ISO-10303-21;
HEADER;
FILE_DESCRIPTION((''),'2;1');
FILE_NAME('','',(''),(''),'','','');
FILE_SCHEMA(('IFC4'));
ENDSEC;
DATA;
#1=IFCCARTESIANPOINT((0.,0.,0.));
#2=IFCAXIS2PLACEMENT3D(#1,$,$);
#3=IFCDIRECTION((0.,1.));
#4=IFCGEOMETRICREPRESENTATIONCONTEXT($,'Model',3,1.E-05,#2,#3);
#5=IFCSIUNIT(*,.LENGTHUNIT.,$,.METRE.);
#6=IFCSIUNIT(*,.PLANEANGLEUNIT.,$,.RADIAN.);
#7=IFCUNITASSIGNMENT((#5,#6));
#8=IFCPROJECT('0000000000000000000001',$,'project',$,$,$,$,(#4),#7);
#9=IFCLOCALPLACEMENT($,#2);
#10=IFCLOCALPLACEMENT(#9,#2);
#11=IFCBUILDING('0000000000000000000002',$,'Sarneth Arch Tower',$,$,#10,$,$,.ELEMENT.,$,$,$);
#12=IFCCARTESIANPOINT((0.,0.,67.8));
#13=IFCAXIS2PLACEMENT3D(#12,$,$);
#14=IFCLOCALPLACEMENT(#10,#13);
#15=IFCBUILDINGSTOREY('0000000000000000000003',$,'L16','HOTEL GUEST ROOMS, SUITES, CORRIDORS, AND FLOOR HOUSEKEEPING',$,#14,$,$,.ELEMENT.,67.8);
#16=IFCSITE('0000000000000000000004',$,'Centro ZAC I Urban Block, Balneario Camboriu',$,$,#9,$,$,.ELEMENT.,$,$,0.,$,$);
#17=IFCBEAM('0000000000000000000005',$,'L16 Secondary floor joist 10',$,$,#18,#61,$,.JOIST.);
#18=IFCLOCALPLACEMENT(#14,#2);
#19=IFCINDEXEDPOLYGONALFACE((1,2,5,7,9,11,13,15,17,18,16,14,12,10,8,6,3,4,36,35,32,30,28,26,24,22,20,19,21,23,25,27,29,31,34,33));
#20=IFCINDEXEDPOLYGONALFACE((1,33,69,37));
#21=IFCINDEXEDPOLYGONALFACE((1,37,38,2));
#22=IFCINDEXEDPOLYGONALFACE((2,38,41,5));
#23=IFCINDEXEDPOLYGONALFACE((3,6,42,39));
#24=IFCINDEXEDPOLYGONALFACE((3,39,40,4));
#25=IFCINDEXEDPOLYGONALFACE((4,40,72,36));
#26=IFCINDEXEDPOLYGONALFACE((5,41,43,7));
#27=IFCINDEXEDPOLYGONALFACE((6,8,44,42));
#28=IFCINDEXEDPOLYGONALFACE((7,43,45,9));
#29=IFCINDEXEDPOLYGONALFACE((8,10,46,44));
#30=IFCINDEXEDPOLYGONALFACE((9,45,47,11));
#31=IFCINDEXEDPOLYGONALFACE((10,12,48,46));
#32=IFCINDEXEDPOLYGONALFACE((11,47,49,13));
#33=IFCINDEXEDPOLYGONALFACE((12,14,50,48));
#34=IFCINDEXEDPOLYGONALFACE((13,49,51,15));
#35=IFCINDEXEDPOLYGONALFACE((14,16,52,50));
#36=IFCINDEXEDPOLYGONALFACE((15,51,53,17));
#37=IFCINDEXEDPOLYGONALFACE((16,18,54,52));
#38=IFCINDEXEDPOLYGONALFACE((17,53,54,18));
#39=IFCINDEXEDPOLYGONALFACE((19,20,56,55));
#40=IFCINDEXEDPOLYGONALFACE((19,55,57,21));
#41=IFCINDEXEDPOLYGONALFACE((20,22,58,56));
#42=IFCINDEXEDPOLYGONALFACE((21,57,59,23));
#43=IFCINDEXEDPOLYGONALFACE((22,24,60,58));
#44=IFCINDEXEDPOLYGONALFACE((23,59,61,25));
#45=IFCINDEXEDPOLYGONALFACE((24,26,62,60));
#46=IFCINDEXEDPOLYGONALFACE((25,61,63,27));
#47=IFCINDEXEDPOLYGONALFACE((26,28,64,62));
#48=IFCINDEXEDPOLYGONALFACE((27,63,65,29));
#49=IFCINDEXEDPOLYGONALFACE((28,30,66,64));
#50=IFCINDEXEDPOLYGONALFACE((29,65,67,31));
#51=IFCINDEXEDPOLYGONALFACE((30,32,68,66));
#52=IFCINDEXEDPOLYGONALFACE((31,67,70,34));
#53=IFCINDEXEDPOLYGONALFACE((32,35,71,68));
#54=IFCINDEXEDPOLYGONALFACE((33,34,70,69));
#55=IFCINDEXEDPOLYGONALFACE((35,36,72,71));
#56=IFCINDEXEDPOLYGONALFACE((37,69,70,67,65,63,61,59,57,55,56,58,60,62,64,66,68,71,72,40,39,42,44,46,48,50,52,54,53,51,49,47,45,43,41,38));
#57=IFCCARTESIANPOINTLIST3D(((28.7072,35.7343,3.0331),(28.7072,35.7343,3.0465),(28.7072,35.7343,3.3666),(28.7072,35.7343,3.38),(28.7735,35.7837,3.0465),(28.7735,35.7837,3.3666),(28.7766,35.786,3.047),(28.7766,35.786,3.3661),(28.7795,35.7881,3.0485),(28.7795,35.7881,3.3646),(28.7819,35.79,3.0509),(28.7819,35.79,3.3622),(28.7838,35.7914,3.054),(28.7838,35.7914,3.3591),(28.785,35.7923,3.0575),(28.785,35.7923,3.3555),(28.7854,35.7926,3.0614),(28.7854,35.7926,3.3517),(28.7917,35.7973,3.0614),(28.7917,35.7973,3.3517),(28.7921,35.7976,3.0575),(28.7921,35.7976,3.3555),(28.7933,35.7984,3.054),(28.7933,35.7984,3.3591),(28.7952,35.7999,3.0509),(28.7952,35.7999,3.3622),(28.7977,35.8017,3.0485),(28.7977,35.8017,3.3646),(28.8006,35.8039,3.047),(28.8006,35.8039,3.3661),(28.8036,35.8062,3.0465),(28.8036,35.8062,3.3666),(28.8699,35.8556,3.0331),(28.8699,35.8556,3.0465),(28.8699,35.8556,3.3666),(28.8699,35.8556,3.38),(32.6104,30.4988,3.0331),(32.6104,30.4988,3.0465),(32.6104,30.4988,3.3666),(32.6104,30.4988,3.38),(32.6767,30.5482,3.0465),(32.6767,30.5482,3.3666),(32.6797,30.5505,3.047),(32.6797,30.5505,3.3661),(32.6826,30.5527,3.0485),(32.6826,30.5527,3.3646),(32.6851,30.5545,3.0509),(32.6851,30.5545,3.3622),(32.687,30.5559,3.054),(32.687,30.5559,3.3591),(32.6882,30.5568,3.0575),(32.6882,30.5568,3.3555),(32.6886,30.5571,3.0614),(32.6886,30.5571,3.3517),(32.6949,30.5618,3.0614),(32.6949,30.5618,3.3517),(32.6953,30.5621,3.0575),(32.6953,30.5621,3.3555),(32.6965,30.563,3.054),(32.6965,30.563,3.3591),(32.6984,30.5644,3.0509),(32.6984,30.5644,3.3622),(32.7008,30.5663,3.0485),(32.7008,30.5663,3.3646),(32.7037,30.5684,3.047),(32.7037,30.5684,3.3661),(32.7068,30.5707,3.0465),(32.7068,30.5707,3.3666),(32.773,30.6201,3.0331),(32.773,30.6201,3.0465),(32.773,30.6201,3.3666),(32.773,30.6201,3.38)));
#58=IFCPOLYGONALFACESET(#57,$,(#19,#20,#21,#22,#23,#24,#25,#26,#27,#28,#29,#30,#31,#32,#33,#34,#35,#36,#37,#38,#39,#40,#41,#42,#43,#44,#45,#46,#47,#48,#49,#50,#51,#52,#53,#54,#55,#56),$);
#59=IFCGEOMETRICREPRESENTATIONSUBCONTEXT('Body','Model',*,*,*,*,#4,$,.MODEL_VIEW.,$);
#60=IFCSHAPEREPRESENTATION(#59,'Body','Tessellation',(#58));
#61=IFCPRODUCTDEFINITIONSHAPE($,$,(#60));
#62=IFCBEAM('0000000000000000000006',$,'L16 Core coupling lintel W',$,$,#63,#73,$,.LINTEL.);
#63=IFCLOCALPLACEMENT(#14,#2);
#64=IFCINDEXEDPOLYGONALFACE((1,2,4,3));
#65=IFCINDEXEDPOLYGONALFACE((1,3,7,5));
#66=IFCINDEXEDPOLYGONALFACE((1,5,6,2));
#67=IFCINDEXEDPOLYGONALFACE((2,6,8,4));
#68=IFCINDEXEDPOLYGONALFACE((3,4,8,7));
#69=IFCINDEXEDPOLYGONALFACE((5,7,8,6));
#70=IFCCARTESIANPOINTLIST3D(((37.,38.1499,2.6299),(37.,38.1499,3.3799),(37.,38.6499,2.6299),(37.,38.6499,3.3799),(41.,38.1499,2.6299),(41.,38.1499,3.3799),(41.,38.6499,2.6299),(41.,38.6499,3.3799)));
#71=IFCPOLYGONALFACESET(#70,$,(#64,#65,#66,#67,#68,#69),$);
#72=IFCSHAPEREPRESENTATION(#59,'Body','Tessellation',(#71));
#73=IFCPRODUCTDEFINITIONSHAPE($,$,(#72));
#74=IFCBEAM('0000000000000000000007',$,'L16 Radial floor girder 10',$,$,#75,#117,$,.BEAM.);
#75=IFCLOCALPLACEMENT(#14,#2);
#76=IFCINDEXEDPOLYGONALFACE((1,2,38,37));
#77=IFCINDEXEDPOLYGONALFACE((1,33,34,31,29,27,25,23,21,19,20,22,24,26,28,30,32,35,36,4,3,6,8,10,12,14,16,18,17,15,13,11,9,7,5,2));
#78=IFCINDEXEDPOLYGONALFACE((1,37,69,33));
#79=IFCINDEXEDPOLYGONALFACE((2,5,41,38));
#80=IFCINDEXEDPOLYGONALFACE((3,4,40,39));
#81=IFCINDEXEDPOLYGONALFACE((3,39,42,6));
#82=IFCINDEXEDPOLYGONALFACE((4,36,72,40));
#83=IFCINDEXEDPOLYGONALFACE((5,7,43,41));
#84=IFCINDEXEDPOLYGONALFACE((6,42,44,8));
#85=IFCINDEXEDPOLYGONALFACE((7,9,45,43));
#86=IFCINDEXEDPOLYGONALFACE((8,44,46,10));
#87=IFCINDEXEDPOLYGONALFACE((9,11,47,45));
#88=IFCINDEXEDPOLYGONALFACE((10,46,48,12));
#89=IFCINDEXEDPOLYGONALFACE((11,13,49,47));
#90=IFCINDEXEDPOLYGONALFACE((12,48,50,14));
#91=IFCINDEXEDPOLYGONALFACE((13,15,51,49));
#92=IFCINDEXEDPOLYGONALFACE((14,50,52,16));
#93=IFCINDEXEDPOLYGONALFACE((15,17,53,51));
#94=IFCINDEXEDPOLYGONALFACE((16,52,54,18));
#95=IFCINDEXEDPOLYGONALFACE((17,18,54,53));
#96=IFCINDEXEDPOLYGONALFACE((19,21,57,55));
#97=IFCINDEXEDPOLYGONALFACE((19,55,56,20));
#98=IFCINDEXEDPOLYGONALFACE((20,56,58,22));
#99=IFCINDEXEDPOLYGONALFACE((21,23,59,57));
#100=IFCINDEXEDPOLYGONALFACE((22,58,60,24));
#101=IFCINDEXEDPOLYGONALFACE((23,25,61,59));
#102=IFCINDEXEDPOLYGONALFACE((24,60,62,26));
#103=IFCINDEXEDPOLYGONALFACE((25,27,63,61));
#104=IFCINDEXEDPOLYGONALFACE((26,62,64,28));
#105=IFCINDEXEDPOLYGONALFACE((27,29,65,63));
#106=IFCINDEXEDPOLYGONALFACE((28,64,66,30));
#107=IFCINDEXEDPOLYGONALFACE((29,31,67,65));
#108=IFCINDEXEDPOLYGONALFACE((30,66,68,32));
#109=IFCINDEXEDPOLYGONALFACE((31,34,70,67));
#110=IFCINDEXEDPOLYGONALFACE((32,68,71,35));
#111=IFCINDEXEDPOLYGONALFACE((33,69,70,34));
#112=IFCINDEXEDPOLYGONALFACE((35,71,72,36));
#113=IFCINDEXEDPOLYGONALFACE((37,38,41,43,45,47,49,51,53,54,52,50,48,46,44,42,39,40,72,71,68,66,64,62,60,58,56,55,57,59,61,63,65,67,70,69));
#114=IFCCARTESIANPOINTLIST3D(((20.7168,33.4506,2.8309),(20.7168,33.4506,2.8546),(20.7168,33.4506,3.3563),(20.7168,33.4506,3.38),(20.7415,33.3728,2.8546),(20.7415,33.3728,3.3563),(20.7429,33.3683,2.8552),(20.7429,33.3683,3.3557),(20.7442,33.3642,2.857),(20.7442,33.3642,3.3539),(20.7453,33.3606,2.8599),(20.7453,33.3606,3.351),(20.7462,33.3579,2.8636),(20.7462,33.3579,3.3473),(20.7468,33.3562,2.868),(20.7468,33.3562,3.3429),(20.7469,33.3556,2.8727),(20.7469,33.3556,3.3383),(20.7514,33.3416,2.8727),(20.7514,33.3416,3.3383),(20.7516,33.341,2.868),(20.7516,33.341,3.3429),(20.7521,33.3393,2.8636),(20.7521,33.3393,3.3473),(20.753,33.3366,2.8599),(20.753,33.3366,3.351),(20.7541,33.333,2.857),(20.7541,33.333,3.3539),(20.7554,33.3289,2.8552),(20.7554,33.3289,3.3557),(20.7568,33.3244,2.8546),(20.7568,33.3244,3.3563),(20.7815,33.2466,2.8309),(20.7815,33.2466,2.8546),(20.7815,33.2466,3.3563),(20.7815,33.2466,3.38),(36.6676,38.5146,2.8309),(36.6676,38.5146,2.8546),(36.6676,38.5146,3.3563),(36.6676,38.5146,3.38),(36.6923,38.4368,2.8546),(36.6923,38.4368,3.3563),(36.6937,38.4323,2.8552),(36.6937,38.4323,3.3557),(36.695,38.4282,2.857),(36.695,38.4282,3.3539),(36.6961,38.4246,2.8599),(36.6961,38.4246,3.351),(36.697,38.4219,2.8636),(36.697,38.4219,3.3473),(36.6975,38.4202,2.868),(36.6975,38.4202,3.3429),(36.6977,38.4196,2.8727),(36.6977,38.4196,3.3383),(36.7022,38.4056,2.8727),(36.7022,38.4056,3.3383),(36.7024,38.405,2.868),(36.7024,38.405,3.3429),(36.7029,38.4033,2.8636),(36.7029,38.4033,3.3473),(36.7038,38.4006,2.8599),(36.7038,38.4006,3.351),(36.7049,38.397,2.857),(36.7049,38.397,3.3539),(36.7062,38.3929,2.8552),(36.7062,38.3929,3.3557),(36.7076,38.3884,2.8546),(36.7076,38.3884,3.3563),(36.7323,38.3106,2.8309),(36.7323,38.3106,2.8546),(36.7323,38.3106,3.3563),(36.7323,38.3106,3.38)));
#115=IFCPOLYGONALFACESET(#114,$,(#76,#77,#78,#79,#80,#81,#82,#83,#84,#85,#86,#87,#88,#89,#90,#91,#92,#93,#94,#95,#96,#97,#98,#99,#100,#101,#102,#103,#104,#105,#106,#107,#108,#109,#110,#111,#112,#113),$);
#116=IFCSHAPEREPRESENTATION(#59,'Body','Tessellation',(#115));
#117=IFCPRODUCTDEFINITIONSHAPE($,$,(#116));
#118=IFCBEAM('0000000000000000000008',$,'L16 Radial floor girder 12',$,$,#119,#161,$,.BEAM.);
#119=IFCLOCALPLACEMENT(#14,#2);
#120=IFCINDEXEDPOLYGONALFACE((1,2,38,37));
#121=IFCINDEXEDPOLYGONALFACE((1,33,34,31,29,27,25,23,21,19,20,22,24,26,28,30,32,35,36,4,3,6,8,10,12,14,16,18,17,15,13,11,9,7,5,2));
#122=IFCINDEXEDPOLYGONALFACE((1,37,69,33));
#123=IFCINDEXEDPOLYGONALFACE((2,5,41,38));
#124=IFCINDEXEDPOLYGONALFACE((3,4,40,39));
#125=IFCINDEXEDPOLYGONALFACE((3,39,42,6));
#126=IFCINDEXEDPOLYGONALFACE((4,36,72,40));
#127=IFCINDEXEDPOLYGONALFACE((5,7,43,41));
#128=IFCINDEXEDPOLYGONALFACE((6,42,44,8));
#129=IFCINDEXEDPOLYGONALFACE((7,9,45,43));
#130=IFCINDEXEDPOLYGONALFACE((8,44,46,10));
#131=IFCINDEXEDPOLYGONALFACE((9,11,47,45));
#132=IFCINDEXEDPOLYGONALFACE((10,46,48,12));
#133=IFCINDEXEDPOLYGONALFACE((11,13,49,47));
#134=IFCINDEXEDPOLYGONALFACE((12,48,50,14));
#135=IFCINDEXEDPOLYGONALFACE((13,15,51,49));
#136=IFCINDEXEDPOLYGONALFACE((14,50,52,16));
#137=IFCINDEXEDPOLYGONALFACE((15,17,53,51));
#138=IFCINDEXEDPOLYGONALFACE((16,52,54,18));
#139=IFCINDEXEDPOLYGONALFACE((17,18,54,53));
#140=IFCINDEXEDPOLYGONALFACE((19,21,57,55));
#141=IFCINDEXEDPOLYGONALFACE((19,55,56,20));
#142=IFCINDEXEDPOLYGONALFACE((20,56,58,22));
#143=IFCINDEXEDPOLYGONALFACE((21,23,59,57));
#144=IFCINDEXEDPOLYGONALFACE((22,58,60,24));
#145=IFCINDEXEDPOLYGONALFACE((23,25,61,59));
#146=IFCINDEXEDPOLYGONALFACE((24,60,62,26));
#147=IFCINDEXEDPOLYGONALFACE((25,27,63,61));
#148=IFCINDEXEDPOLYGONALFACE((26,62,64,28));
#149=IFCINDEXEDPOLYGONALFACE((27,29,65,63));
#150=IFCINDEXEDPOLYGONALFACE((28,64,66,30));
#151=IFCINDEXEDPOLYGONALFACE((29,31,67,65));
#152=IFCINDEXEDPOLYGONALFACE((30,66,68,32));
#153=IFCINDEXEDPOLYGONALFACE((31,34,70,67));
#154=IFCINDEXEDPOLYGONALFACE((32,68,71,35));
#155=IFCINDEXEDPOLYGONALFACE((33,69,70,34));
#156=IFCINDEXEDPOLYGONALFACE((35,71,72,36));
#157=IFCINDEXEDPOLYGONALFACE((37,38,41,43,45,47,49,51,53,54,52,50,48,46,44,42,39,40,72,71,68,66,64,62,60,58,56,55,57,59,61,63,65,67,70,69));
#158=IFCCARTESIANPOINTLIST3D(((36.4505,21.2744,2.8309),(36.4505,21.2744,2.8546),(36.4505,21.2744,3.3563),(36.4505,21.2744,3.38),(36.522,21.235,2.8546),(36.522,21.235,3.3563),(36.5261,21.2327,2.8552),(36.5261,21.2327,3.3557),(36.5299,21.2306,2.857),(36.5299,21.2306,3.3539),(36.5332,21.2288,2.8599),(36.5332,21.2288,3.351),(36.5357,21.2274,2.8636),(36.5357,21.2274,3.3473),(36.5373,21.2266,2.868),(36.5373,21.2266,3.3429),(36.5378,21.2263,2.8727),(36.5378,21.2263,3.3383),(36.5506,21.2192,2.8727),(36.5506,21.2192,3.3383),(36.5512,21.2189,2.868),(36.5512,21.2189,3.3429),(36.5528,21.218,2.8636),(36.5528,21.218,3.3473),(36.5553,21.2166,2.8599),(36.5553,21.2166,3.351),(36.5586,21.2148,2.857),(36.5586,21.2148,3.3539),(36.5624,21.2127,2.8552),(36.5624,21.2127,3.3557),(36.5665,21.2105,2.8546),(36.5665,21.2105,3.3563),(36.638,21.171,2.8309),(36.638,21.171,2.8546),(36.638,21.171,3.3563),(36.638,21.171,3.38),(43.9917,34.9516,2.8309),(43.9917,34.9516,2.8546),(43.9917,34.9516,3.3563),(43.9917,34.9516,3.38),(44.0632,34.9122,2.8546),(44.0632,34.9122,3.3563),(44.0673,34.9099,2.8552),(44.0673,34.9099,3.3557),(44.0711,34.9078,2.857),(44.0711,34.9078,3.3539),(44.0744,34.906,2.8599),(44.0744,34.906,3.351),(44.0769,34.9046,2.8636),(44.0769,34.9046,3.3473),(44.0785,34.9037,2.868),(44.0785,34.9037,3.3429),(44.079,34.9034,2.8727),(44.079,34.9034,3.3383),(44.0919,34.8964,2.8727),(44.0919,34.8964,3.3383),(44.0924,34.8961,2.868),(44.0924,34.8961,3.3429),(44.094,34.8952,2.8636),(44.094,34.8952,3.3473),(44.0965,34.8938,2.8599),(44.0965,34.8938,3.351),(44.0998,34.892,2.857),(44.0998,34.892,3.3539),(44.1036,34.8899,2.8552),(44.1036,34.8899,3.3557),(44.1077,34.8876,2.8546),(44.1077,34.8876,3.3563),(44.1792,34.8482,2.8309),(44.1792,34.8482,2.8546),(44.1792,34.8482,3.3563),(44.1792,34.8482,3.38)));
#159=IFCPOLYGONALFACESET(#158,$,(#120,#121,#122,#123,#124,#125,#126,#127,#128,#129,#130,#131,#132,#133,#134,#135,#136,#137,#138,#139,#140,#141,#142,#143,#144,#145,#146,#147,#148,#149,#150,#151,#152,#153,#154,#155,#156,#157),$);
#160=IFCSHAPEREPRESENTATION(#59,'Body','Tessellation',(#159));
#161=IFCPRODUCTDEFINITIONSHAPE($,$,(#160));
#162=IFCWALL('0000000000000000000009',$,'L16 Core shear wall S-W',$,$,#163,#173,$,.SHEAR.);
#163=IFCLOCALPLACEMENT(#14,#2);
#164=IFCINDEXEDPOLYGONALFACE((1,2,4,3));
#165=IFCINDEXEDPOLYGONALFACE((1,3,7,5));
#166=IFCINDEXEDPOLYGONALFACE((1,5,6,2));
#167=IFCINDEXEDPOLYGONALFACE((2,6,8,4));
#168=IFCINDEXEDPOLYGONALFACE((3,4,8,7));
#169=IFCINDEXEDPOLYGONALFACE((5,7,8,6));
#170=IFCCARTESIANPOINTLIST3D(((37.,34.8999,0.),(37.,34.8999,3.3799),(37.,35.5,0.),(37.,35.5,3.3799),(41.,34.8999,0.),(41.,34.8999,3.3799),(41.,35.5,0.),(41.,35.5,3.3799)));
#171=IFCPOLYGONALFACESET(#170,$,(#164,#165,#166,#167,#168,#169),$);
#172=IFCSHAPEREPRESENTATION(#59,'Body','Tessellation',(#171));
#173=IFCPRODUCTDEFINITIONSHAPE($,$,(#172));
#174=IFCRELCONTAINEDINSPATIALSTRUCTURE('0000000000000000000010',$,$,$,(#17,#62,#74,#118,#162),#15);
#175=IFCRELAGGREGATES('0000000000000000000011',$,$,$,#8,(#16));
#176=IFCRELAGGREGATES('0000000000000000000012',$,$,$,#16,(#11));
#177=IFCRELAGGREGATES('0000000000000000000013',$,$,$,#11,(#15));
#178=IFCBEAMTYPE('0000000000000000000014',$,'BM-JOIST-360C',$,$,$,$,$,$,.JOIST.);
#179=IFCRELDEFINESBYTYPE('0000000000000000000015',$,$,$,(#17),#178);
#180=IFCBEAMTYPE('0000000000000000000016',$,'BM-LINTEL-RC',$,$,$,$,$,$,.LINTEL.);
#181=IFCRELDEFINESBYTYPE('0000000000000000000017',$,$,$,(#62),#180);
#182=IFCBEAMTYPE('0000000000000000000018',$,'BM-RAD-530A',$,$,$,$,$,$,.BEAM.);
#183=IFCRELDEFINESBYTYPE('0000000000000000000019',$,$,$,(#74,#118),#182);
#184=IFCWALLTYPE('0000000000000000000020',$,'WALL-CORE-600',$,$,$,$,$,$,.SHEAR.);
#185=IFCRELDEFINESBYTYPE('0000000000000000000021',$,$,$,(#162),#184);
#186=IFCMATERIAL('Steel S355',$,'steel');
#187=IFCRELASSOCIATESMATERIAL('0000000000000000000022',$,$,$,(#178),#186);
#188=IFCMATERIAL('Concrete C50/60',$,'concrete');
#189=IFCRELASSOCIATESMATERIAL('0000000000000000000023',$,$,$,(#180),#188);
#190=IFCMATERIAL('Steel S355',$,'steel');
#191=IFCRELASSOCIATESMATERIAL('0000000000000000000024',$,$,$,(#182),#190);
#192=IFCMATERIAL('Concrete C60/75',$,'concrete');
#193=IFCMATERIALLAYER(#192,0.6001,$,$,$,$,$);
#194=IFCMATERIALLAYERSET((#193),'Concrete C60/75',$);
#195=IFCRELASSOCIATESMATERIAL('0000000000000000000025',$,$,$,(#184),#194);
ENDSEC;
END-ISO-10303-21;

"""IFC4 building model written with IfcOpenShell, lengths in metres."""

from ifc_helpers import new_model, si_unit, direction, frame, frame_2d, origin, origin_2d, place, context, subcontext, project, spatial, rectangle, i_section, extrude, material, layer, layer_set, material_profile, profile_set, type_object, element, save


model = new_model("IFC4")

# Units and contexts
model_context = context("Model", 3, precision=1e-05, world=origin(), true_north=direction((0.0, 1.0)))
body_context = subcontext(model_context, "Body", "Model", "MODEL_VIEW")
ifc_project = project(units=[si_unit("LENGTHUNIT", "METRE"), si_unit("PLANEANGLEUNIT", "RADIAN")], contexts=[model_context])

# Site, building, storey
site_placement = place(None, origin())
site = spatial("IfcSite", under=ifc_project, at=site_placement, Name="Centro ZAC I Urban Block, Balneario Camboriu", CompositionType="ELEMENT", RefElevation=0.0)
building_placement = place(site_placement, origin())
building = spatial("IfcBuilding", under=site, at=building_placement, Name="Sarneth Arch Tower", CompositionType="ELEMENT")
storey_placement = place(building_placement, frame((0.0, 0.0, 67.8)))
storey = spatial("IfcBuildingStorey", under=building, at=storey_placement, Name="L16", Description="HOTEL GUEST ROOMS, SUITES, CORRIDORS, AND FLOOR HOUSEKEEPING", CompositionType="ELEMENT", Elevation=67.8)

# Beams
ifc_material_1 = material(Name="Steel S355", Category="steel")
ifc_material_profile_1 = material_profile(ifc_material_1, i_section(OverallWidth=0.2029, OverallDepth=0.3469, WebThickness=0.0078, FlangeThickness=0.0134, FilletRadius=0.0149, at=origin_2d()), Name="W360x64")
ifc_profile_set_1 = profile_set([ifc_material_profile_1], Name="Steel S355")
beam_type_1 = type_object("IfcBeamType", Name="BM-JOIST-360C", PredefinedType="JOIST", material=ifc_profile_set_1)
beam_1_placement = place(storey_placement, frame((28.7886, 35.7949, 3.2065), z_axis=(0.5977, -0.801719, 0.0), x_axis=(0.801719, 0.5977, 0.0)))
element("IfcBeam", 1, at=beam_1_placement, inside=storey, type_object=beam_type_1, Name="L16 Secondary floor joist 10", PredefinedType="JOIST", context=body_context, shape_type="SweptSolid", body=[
    extrude(i_section(OverallWidth=0.2029, OverallDepth=0.3469, WebThickness=0.0078, FlangeThickness=0.0134, FilletRadius=0.0149, at=origin_2d()), origin(), (0.0, 0.0, 1.0), 6.5303),
])
ifc_material_2 = material(Name="Concrete C50/60", Category="concrete")
ifc_material_profile_2 = material_profile(ifc_material_2, rectangle(XDim=0.5, YDim=0.75, at=origin_2d()), Name="RC-500x750")
ifc_profile_set_2 = profile_set([ifc_material_profile_2], Name="Concrete C50/60")
beam_type_2 = type_object("IfcBeamType", Name="BM-LINTEL-RC", PredefinedType="LINTEL", material=ifc_profile_set_2)
beam_2_placement = place(storey_placement, frame((37.0, 38.3999, 3.0049), z_axis=(1.0, 0.0, 0.0), x_axis=(0.0, 1.0, 0.0)))
element("IfcBeam", 2, at=beam_2_placement, inside=storey, type_object=beam_type_2, Name="L16 Core coupling lintel W", PredefinedType="LINTEL", context=body_context, shape_type="SweptSolid", body=[
    extrude(rectangle(XDim=0.5, YDim=0.75, at=origin_2d()), origin(), (0.0, 0.0, 1.0), 4.0),
])
ifc_material_3 = material(Name="Steel S355", Category="steel")
ifc_material_profile_3 = material_profile(ifc_material_3, i_section(OverallWidth=0.2141, OverallDepth=0.5491, WebThickness=0.0146, FlangeThickness=0.0237, FilletRadius=0.0181, at=origin_2d()), Name="W530x138")
ifc_profile_set_3 = profile_set([ifc_material_profile_3], Name="Steel S355")
beam_type_3 = type_object("IfcBeamType", Name="BM-RAD-530A", PredefinedType="BEAM", material=ifc_profile_set_3)
beam_3_placement = place(storey_placement, frame((36.7, 38.4126, 3.1055), z_axis=(-0.95312, -0.302593, 0.0), x_axis=(0.302593, -0.95312, 0.0)))
element("IfcBeam", 3, at=beam_3_placement, inside=storey, type_object=beam_type_3, Name="L16 Radial floor girder 10", PredefinedType="BEAM", context=body_context, shape_type="SweptSolid", body=[
    extrude(i_section(OverallWidth=0.2141, OverallDepth=0.5491, WebThickness=0.0146, FlangeThickness=0.0237, FilletRadius=0.0181, at=origin_2d()), origin(), (0.0, 0.0, 1.0), 16.7354),
])
beam_4_placement = place(storey_placement, frame((44.0854, 34.8999, 3.1055), z_axis=(-0.482841, -0.875708, 0.0), x_axis=(0.875708, -0.482841, 0.0)))
element("IfcBeam", 4, at=beam_4_placement, inside=storey, type_object=beam_type_3, Name="L16 Radial floor girder 12", PredefinedType="BEAM", context=body_context, shape_type="SweptSolid", body=[
    extrude(i_section(OverallWidth=0.2141, OverallDepth=0.5491, WebThickness=0.0146, FlangeThickness=0.0237, FilletRadius=0.0181, at=origin_2d()), origin(), (0.0, 0.0, 1.0), 15.6184),
])

# Wall
ifc_material_4 = material(Name="Concrete C60/75", Category="concrete")
ifc_layer_1 = layer(ifc_material_4, 0.6001)
ifc_layer_set_1 = layer_set([ifc_layer_1], Name="Concrete C60/75")
wall_type_1 = type_object("IfcWallType", Name="WALL-CORE-600", PredefinedType="SHEAR", material=ifc_layer_set_1)
wall_1_placement = place(storey_placement, frame((37.0, 35.2, 0.0), z_axis=(0.0, 0.0, 1.0), x_axis=(1.0, 0.0, 0.0)))
element("IfcWall", 5, at=wall_1_placement, inside=storey, type_object=wall_type_1, Name="L16 Core shear wall S-W", PredefinedType="SHEAR", context=body_context, shape_type="SweptSolid", body=[
    extrude(rectangle(XDim=4.0, YDim=0.6001, at=frame_2d((2.0, 0.0))), origin(), (0.0, 0.0, 1.0), 3.3799),
])

save(model, "model.ifc")
